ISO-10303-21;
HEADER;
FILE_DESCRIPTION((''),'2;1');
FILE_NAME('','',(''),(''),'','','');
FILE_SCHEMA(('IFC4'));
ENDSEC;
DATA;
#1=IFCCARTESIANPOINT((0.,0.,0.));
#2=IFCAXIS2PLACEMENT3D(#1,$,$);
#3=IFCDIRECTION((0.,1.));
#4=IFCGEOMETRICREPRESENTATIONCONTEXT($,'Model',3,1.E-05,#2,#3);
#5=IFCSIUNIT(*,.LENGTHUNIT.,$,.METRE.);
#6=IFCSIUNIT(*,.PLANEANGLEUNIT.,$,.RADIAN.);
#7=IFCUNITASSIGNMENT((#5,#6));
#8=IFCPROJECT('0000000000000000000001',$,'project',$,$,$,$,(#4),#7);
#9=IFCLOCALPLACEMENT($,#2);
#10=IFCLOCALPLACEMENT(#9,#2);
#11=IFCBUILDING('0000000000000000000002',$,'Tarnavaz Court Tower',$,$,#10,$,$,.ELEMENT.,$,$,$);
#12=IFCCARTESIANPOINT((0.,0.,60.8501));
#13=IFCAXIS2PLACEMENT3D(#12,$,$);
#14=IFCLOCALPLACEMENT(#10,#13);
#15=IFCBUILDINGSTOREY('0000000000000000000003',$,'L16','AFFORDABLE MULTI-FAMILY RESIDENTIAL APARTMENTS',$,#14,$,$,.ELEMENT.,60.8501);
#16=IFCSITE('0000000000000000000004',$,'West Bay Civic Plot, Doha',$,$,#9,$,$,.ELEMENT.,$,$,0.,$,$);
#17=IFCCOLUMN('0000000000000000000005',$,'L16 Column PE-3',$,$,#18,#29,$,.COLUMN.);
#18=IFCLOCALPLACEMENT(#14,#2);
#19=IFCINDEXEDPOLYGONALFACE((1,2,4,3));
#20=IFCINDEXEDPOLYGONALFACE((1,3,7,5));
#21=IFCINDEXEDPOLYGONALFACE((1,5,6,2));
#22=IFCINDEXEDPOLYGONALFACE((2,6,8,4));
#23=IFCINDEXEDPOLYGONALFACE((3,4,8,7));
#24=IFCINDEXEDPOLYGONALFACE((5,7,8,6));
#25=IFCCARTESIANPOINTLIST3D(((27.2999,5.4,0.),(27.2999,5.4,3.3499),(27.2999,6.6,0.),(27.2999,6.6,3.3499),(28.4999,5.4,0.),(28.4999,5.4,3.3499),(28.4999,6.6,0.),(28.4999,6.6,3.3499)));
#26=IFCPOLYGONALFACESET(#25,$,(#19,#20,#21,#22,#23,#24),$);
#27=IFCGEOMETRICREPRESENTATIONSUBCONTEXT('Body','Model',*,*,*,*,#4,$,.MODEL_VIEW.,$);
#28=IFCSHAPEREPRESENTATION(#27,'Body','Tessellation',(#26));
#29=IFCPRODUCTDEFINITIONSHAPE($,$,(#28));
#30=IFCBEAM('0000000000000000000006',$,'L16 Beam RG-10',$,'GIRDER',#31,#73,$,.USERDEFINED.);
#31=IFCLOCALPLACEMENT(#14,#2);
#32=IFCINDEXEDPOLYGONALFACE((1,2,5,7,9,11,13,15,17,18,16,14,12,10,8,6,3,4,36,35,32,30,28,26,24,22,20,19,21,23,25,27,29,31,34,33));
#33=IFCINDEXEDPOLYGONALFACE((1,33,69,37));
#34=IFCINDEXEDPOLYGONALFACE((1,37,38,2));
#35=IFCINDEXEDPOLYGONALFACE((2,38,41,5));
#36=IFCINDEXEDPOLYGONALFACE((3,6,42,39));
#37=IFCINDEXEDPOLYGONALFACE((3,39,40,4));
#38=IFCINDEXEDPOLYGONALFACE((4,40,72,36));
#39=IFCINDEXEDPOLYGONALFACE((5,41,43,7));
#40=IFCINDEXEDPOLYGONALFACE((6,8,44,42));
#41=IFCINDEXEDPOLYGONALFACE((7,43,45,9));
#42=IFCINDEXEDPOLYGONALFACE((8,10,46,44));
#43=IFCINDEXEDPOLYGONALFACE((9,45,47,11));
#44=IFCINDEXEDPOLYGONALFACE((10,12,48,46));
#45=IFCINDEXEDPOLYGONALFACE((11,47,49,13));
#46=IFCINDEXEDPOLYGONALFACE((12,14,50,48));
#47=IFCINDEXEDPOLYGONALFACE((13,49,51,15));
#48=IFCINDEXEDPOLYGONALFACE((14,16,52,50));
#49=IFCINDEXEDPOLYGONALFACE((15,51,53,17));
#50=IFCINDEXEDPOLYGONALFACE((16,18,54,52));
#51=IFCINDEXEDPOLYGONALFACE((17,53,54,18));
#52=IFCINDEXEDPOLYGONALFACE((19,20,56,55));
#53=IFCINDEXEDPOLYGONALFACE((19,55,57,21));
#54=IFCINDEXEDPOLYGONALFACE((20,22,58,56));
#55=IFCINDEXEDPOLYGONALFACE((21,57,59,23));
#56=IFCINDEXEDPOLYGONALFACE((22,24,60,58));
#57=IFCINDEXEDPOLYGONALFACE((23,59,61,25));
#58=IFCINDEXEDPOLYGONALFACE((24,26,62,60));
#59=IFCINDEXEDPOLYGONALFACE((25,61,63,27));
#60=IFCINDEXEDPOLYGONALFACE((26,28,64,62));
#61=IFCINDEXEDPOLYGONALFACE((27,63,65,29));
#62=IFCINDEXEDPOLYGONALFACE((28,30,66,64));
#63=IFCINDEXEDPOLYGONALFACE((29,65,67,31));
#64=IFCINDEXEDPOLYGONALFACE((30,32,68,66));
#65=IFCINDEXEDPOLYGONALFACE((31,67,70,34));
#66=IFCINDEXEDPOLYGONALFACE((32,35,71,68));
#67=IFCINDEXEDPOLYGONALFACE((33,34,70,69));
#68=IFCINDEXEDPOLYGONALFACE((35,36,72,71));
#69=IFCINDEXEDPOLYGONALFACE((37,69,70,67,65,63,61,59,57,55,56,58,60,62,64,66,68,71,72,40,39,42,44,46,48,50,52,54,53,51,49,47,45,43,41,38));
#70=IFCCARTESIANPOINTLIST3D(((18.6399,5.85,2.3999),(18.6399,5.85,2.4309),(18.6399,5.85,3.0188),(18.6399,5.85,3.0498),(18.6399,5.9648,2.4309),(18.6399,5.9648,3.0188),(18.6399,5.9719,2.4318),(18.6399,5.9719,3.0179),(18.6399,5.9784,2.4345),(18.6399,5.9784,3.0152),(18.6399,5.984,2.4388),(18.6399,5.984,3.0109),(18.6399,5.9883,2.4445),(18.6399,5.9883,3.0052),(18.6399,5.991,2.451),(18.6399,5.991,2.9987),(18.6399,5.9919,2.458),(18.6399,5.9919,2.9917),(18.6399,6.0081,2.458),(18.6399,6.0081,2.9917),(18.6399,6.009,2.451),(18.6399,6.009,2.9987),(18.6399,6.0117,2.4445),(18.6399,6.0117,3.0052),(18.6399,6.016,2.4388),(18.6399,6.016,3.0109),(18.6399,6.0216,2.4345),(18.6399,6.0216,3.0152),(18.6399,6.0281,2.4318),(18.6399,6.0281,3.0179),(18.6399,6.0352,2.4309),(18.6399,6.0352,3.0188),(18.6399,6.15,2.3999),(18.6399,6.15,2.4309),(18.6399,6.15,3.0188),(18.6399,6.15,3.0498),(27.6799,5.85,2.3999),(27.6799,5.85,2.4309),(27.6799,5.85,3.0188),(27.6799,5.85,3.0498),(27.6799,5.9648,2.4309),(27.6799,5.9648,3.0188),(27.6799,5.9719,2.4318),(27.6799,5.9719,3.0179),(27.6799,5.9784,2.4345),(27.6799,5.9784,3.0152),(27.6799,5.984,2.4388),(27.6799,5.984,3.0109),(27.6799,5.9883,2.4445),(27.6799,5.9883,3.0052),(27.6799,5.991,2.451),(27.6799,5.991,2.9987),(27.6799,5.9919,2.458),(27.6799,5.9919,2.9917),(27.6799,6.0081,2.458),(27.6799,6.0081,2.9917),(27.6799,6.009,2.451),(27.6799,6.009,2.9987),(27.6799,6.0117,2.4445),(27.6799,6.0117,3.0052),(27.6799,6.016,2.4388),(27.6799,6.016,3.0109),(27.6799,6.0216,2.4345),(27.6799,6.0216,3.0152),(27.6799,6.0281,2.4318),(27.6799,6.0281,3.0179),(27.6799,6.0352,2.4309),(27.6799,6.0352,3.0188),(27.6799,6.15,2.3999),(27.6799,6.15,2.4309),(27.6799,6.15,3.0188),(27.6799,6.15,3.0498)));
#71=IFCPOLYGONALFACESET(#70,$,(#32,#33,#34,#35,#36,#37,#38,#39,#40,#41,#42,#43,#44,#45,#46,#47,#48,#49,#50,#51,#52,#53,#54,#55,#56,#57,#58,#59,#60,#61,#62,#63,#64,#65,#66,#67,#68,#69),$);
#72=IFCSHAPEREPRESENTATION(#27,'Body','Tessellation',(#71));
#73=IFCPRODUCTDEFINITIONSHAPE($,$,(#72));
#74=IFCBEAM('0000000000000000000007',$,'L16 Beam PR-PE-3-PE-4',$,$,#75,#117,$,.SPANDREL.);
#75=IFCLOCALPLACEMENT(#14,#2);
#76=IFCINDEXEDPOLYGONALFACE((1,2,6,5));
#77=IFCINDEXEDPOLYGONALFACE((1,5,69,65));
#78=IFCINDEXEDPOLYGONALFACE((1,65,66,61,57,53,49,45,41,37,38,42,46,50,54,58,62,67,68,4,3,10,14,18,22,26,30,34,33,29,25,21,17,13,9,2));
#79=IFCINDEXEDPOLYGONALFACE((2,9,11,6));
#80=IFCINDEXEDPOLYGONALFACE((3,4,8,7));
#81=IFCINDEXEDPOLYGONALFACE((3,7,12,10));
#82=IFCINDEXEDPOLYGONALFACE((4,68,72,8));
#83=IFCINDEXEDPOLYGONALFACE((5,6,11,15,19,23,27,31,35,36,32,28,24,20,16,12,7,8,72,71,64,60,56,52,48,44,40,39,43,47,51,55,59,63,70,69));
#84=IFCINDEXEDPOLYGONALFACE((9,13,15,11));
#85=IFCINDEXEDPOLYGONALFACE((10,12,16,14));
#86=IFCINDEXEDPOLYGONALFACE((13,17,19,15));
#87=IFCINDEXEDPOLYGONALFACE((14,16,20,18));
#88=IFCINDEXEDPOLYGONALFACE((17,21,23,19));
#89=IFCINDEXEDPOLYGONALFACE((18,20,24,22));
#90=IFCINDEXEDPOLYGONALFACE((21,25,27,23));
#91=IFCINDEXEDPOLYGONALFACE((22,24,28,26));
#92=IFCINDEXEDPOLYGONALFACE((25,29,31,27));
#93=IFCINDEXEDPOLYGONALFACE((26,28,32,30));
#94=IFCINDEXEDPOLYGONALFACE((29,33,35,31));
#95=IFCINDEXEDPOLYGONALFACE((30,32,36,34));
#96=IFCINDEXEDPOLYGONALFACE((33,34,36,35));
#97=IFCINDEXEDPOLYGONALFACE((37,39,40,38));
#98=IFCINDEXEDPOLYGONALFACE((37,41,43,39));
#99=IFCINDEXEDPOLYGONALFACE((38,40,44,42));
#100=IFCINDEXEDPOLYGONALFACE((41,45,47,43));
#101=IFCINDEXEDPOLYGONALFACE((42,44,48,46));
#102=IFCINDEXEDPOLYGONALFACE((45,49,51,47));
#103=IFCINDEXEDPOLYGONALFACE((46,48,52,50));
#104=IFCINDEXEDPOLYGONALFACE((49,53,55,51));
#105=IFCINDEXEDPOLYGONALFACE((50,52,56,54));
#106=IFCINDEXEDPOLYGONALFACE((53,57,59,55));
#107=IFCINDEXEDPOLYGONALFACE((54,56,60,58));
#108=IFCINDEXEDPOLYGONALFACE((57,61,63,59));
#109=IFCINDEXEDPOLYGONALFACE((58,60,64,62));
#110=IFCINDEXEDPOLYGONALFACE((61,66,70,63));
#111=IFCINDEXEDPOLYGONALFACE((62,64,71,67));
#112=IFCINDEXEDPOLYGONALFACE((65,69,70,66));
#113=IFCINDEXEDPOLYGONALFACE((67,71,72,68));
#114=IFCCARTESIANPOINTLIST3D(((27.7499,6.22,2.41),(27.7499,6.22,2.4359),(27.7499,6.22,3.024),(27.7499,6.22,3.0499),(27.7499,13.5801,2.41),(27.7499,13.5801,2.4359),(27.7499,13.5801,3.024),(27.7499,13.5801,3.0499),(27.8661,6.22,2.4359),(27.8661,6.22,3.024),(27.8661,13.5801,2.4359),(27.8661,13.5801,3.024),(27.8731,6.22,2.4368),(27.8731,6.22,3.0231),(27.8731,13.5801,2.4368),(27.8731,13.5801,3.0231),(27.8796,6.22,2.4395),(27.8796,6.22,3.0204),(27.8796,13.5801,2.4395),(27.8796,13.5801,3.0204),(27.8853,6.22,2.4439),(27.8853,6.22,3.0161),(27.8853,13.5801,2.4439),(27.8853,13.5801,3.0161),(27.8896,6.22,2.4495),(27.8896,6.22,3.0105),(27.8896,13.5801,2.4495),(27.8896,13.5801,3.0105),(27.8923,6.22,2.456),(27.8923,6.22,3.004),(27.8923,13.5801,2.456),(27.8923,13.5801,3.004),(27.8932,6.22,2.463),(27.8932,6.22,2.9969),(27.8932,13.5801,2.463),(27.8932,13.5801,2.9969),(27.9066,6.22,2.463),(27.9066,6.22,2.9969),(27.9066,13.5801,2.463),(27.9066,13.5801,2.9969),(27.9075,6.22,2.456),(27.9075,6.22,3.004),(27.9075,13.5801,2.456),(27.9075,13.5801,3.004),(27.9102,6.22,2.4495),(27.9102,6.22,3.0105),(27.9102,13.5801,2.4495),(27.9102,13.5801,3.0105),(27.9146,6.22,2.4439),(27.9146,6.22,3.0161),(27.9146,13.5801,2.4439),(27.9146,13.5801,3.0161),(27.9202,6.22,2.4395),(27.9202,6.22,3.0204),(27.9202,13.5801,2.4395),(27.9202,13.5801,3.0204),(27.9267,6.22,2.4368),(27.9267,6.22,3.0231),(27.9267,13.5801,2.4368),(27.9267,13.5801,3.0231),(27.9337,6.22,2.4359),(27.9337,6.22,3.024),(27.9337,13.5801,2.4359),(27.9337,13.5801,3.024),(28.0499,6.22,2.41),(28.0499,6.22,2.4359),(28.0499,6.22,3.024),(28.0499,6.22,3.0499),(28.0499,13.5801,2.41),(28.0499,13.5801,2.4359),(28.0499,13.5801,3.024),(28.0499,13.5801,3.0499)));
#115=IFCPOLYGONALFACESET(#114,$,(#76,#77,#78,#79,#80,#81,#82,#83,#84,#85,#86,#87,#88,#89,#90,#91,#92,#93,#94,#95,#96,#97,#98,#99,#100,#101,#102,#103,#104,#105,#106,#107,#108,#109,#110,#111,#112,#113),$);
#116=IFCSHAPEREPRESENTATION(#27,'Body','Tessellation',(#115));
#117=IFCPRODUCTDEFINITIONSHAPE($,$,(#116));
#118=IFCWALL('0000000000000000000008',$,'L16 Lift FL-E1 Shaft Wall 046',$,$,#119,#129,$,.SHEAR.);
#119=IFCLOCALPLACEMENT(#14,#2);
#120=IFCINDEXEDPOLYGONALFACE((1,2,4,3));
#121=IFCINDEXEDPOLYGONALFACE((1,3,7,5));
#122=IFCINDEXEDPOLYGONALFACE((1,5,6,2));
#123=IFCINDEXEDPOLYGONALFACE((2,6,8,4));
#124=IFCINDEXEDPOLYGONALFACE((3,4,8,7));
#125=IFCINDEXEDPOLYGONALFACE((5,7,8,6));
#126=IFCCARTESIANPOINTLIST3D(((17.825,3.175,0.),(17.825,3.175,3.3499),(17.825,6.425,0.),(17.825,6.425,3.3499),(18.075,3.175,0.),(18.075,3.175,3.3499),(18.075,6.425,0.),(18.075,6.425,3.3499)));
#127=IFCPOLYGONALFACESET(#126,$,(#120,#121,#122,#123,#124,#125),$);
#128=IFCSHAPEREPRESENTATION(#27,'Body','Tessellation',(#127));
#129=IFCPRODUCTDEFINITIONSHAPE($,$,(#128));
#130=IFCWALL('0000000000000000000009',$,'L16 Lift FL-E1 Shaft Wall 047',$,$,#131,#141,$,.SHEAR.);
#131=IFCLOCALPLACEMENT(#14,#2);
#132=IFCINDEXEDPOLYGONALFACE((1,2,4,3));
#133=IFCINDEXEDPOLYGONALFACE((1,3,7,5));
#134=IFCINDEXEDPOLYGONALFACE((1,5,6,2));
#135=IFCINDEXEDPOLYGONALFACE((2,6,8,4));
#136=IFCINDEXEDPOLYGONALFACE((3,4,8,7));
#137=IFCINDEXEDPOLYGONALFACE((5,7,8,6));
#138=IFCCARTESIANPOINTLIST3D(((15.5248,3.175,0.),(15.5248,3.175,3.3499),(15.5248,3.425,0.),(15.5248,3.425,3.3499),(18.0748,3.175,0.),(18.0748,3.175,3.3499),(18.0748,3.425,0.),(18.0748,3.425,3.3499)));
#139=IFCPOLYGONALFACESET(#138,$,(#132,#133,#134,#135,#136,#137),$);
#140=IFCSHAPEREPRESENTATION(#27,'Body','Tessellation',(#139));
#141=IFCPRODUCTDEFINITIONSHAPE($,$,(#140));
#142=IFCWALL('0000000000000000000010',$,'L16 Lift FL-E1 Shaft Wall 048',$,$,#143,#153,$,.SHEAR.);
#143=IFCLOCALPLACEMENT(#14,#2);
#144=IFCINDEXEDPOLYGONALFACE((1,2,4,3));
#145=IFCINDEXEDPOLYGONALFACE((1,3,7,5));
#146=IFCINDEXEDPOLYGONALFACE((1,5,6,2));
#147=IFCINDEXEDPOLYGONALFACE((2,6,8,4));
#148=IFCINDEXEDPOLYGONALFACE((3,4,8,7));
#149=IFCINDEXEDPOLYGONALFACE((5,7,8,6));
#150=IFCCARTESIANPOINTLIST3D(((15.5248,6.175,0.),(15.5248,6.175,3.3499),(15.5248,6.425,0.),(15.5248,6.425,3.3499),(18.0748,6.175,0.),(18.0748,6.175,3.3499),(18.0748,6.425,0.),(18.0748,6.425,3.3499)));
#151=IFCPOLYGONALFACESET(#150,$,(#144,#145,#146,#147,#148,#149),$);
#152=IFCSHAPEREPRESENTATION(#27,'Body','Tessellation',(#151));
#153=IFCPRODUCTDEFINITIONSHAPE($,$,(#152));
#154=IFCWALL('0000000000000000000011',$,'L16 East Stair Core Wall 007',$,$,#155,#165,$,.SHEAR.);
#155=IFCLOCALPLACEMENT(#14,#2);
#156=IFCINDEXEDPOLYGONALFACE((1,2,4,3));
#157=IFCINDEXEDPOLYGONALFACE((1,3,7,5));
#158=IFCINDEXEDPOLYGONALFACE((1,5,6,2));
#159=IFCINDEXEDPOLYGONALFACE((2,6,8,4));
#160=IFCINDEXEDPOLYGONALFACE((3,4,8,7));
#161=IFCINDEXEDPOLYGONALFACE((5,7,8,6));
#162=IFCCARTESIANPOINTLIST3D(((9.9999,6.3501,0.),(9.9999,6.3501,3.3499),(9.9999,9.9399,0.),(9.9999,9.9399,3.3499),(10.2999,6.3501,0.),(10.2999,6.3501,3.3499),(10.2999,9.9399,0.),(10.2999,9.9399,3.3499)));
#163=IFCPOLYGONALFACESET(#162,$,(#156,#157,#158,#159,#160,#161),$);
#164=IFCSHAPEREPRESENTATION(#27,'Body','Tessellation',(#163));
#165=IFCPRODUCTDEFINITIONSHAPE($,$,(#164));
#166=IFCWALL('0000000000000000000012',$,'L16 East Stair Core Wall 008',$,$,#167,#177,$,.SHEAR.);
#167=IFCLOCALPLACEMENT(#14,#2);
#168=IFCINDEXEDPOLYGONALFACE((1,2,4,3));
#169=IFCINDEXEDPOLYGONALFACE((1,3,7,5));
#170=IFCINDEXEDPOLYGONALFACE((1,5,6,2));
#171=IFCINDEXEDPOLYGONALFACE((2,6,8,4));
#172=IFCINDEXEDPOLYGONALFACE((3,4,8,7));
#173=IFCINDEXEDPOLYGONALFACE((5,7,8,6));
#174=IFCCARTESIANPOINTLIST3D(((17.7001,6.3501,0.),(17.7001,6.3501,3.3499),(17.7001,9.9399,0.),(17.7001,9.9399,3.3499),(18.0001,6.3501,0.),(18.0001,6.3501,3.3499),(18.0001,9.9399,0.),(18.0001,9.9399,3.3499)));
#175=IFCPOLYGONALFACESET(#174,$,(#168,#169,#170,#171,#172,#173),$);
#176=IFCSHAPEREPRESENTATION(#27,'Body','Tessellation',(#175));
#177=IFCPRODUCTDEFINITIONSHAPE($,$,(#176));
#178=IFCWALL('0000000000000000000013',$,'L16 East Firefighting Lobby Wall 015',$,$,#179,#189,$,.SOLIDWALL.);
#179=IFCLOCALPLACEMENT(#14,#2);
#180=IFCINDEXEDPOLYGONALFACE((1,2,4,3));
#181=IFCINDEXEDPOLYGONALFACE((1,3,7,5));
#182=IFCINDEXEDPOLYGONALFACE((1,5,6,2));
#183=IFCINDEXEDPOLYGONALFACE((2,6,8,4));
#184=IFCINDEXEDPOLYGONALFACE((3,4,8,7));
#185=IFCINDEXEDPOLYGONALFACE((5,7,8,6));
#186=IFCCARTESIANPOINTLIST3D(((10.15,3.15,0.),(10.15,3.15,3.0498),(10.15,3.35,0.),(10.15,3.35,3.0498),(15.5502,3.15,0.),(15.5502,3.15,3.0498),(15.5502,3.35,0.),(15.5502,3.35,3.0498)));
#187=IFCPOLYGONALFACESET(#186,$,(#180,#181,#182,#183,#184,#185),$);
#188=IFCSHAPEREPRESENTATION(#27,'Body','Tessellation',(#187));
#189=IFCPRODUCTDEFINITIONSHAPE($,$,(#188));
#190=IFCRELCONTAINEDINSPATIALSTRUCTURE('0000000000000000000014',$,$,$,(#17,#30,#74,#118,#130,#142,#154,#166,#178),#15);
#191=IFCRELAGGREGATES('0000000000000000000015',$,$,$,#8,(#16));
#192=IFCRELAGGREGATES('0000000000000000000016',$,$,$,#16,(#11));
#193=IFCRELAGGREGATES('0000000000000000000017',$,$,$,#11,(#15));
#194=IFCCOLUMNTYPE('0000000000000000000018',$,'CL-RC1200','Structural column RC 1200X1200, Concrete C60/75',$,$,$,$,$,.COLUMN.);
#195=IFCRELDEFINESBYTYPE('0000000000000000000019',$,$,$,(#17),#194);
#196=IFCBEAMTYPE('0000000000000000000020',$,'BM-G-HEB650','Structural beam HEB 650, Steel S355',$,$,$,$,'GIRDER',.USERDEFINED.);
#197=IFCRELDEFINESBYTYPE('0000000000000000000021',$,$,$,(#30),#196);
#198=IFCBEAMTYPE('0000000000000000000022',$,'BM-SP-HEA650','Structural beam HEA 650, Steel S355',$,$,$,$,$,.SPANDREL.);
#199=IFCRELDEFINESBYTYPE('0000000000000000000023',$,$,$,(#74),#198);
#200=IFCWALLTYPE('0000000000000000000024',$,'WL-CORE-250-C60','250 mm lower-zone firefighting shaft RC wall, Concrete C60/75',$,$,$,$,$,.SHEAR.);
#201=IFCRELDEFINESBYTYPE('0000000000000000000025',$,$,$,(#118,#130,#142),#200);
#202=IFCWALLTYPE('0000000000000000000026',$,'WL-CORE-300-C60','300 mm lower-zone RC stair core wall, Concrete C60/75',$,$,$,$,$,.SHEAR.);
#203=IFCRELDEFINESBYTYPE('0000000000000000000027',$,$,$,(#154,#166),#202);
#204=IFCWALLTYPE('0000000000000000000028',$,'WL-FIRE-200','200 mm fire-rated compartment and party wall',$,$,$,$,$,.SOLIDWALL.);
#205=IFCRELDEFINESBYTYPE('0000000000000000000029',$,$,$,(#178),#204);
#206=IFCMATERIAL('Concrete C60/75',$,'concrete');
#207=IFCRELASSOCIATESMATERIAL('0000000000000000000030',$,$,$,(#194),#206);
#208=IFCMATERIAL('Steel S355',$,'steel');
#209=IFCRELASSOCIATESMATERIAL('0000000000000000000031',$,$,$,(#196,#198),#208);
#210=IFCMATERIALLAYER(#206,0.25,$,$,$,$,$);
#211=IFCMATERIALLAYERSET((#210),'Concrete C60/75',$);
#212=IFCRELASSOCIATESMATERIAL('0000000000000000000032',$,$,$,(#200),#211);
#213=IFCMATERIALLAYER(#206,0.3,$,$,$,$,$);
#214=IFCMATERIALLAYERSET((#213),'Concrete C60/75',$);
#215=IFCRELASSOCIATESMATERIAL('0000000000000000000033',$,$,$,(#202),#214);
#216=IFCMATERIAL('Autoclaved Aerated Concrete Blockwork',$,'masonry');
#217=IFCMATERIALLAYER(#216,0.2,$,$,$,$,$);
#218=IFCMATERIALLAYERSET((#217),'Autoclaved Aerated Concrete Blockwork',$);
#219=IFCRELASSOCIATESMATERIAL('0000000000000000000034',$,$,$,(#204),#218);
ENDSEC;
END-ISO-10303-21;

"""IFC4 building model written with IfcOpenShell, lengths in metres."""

from ifc_helpers import new_model, si_unit, direction, frame, frame_2d, origin, origin_2d, place, context, subcontext, project, spatial, rectangle, i_section, extrude, material, layer, layer_set, material_profile, profile_set, type_object, element, save


model = new_model("IFC4")

# Units and contexts
model_context = context("Model", 3, precision=1e-05, world=origin(), true_north=direction((0.0, 1.0)))
body_context = subcontext(model_context, "Body", "Model", "MODEL_VIEW")
ifc_project = project(units=[si_unit("LENGTHUNIT", "METRE"), si_unit("PLANEANGLEUNIT", "RADIAN")], contexts=[model_context])

# Site, building, storey
site_placement = place(None, origin())
site = spatial("IfcSite", under=ifc_project, at=site_placement, Name="West Bay Civic Plot, Doha", CompositionType="ELEMENT", RefElevation=0.0)
building_placement = place(site_placement, origin())
building = spatial("IfcBuilding", under=site, at=building_placement, Name="Tarnavaz Court Tower", CompositionType="ELEMENT")
storey_placement = place(building_placement, frame((0.0, 0.0, 60.8501)))
storey = spatial("IfcBuildingStorey", under=building, at=storey_placement, Name="L16", Description="AFFORDABLE MULTI-FAMILY RESIDENTIAL APARTMENTS", CompositionType="ELEMENT", Elevation=60.8501)

# Column
ifc_material_1 = material(Name="Concrete C60/75", Category="concrete")
ifc_material_profile_1 = material_profile(ifc_material_1, rectangle(XDim=1.2, YDim=1.2, at=origin_2d()), Name="RC 1200X1200")
ifc_profile_set_1 = profile_set([ifc_material_profile_1], Name="Concrete C60/75")
column_type = type_object("IfcColumnType", Name="CL-RC1200", Description="Structural column RC 1200X1200, Concrete C60/75", PredefinedType="COLUMN", material=ifc_profile_set_1)
column_placement = place(storey_placement, frame((27.8999, 6.0, 0.0), z_axis=(0.0, 0.0, 1.0), x_axis=(1.0, 0.0, 0.0)))
element("IfcColumn", 1, at=column_placement, inside=storey, type_object=column_type, Name="L16 Column PE-3", PredefinedType="COLUMN", context=body_context, shape_type="SweptSolid", body=[
    extrude(rectangle(XDim=1.2, YDim=1.2, at=origin_2d()), origin(), (0.0, 0.0, 1.0), 3.3499),
])

# Beams
ifc_material_2 = material(Name="Steel S355", Category="steel")
ifc_material_profile_2 = material_profile(ifc_material_2, i_section(OverallWidth=0.3, OverallDepth=0.6499, WebThickness=0.0161, FlangeThickness=0.031, FilletRadius=0.0271, at=origin_2d()), Name="HEB 650")
ifc_profile_set_2 = profile_set([ifc_material_profile_2], Name="Steel S355")
beam_type_1 = type_object("IfcBeamType", Name="BM-G-HEB650", Description="Structural beam HEB 650, Steel S355", ElementType="GIRDER", PredefinedType="USERDEFINED", material=ifc_profile_set_2)
beam_1_placement = place(storey_placement, frame((18.6399, 6.0, 2.7249), z_axis=(1.0, 0.0, 0.0), x_axis=(0.0, 1.0, 0.0)))
element("IfcBeam", 2, at=beam_1_placement, inside=storey, type_object=beam_type_1, Name="L16 Beam RG-10", ObjectType="GIRDER", PredefinedType="USERDEFINED", context=body_context, shape_type="SweptSolid", body=[
    extrude(i_section(OverallWidth=0.3, OverallDepth=0.6499, WebThickness=0.0161, FlangeThickness=0.031, FilletRadius=0.0271, at=origin_2d()), origin(), (0.0, 0.0, 1.0), 9.04),
])
ifc_material_profile_3 = material_profile(ifc_material_2, i_section(OverallWidth=0.3, OverallDepth=0.6399, WebThickness=0.0134, FlangeThickness=0.0259, FilletRadius=0.0271, at=origin_2d()), Name="HEA 650")
ifc_profile_set_3 = profile_set([ifc_material_profile_3], Name="Steel S355")
beam_type_2 = type_object("IfcBeamType", Name="BM-SP-HEA650", Description="Structural beam HEA 650, Steel S355", PredefinedType="SPANDREL", material=ifc_profile_set_3)
beam_2_placement = place(storey_placement, frame((27.8999, 6.22, 2.73), z_axis=(0.0, 1.0, 0.0), x_axis=(-1.0, 0.0, 0.0)))
element("IfcBeam", 3, at=beam_2_placement, inside=storey, type_object=beam_type_2, Name="L16 Beam PR-PE-3-PE-4", PredefinedType="SPANDREL", context=body_context, shape_type="SweptSolid", body=[
    extrude(i_section(OverallWidth=0.3, OverallDepth=0.6399, WebThickness=0.0134, FlangeThickness=0.0259, FilletRadius=0.0271, at=origin_2d()), origin(), (0.0, 0.0, 1.0), 7.3601),
])

# Shared definitions
ifc_layer_1 = layer(ifc_material_1, 0.25)
ifc_layer_set_1 = layer_set([ifc_layer_1], Name="Concrete C60/75")
wall_type_1 = type_object("IfcWallType", Name="WL-CORE-250-C60", Description="250 mm lower-zone firefighting shaft RC wall, Concrete C60/75", PredefinedType="SHEAR", material=ifc_layer_set_1)

# Walls
wall_1_placement = place(storey_placement, frame((17.95, 3.175, 0.0), z_axis=(0.0, 0.0, 1.0), x_axis=(0.0, 1.0, 0.0)))
element("IfcWall", 4, at=wall_1_placement, inside=storey, type_object=wall_type_1, Name="L16 Lift FL-E1 Shaft Wall 046", PredefinedType="SHEAR", context=body_context, shape_type="SweptSolid", body=[
    extrude(rectangle(XDim=3.25, YDim=0.25, at=frame_2d((1.625, 0.0))), origin(), (0.0, 0.0, 1.0), 3.3499),
])
for number, where, z_axis, x_axis, name in (
    (5, (15.5249, 3.3, 0.0), (0.0, 0.0, 1.0), (1.0, 0.0, 0.0), "L16 Lift FL-E1 Shaft Wall 047"),
    (6, (15.5249, 6.3, 0.0), (0.0, 0.0, 1.0), (1.0, 0.0, 0.0), "L16 Lift FL-E1 Shaft Wall 048"),
):
    element("IfcWall", number, at=place(storey_placement, frame(where, z_axis=z_axis, x_axis=x_axis)), inside=storey, type_object=wall_type_1, Name=name, PredefinedType="SHEAR", context=body_context, shape_type="SweptSolid", body=[
        extrude(rectangle(XDim=2.55, YDim=0.25, at=frame_2d((1.2749, 0.0))), origin(), (0.0, 0.0, 1.0), 3.3499),
    ])
ifc_layer_2 = layer(ifc_material_1, 0.3)
ifc_layer_set_2 = layer_set([ifc_layer_2], Name="Concrete C60/75")
wall_type_2 = type_object("IfcWallType", Name="WL-CORE-300-C60", Description="300 mm lower-zone RC stair core wall, Concrete C60/75", PredefinedType="SHEAR", material=ifc_layer_set_2)
for number, where, z_axis, x_axis, name in (
    (7, (10.1499, 6.3501, 0.0), (0.0, 0.0, 1.0), (0.0, 1.0, 0.0), "L16 East Stair Core Wall 007"),
    (8, (17.8501, 6.3501, 0.0), (0.0, 0.0, 1.0), (0.0, 1.0, 0.0), "L16 East Stair Core Wall 008"),
):
    element("IfcWall", number, at=place(storey_placement, frame(where, z_axis=z_axis, x_axis=x_axis)), inside=storey, type_object=wall_type_2, Name=name, PredefinedType="SHEAR", context=body_context, shape_type="SweptSolid", body=[
        extrude(rectangle(XDim=3.5898, YDim=0.3, at=frame_2d((1.7949, 0.0))), origin(), (0.0, 0.0, 1.0), 3.3499),
    ])
ifc_material_3 = material(Name="Autoclaved Aerated Concrete Blockwork", Category="masonry")
ifc_layer_3 = layer(ifc_material_3, 0.2)
ifc_layer_set_3 = layer_set([ifc_layer_3], Name="Autoclaved Aerated Concrete Blockwork")
wall_type_3 = type_object("IfcWallType", Name="WL-FIRE-200", Description="200 mm fire-rated compartment and party wall", PredefinedType="SOLIDWALL", material=ifc_layer_set_3)
wall_2_placement = place(storey_placement, frame((10.1499, 3.25, 0.0), z_axis=(0.0, 0.0, 1.0), x_axis=(1.0, 0.0, 0.0)))
element("IfcWall", 9, at=wall_2_placement, inside=storey, type_object=wall_type_3, Name="L16 East Firefighting Lobby Wall 015", PredefinedType="SOLIDWALL", context=body_context, shape_type="SweptSolid", body=[
    extrude(rectangle(XDim=5.4001, YDim=0.2, at=frame_2d((2.7002, 0.0))), origin(), (0.0, 0.0, 1.0), 3.0498),
])

save(model, "model.ifc")
